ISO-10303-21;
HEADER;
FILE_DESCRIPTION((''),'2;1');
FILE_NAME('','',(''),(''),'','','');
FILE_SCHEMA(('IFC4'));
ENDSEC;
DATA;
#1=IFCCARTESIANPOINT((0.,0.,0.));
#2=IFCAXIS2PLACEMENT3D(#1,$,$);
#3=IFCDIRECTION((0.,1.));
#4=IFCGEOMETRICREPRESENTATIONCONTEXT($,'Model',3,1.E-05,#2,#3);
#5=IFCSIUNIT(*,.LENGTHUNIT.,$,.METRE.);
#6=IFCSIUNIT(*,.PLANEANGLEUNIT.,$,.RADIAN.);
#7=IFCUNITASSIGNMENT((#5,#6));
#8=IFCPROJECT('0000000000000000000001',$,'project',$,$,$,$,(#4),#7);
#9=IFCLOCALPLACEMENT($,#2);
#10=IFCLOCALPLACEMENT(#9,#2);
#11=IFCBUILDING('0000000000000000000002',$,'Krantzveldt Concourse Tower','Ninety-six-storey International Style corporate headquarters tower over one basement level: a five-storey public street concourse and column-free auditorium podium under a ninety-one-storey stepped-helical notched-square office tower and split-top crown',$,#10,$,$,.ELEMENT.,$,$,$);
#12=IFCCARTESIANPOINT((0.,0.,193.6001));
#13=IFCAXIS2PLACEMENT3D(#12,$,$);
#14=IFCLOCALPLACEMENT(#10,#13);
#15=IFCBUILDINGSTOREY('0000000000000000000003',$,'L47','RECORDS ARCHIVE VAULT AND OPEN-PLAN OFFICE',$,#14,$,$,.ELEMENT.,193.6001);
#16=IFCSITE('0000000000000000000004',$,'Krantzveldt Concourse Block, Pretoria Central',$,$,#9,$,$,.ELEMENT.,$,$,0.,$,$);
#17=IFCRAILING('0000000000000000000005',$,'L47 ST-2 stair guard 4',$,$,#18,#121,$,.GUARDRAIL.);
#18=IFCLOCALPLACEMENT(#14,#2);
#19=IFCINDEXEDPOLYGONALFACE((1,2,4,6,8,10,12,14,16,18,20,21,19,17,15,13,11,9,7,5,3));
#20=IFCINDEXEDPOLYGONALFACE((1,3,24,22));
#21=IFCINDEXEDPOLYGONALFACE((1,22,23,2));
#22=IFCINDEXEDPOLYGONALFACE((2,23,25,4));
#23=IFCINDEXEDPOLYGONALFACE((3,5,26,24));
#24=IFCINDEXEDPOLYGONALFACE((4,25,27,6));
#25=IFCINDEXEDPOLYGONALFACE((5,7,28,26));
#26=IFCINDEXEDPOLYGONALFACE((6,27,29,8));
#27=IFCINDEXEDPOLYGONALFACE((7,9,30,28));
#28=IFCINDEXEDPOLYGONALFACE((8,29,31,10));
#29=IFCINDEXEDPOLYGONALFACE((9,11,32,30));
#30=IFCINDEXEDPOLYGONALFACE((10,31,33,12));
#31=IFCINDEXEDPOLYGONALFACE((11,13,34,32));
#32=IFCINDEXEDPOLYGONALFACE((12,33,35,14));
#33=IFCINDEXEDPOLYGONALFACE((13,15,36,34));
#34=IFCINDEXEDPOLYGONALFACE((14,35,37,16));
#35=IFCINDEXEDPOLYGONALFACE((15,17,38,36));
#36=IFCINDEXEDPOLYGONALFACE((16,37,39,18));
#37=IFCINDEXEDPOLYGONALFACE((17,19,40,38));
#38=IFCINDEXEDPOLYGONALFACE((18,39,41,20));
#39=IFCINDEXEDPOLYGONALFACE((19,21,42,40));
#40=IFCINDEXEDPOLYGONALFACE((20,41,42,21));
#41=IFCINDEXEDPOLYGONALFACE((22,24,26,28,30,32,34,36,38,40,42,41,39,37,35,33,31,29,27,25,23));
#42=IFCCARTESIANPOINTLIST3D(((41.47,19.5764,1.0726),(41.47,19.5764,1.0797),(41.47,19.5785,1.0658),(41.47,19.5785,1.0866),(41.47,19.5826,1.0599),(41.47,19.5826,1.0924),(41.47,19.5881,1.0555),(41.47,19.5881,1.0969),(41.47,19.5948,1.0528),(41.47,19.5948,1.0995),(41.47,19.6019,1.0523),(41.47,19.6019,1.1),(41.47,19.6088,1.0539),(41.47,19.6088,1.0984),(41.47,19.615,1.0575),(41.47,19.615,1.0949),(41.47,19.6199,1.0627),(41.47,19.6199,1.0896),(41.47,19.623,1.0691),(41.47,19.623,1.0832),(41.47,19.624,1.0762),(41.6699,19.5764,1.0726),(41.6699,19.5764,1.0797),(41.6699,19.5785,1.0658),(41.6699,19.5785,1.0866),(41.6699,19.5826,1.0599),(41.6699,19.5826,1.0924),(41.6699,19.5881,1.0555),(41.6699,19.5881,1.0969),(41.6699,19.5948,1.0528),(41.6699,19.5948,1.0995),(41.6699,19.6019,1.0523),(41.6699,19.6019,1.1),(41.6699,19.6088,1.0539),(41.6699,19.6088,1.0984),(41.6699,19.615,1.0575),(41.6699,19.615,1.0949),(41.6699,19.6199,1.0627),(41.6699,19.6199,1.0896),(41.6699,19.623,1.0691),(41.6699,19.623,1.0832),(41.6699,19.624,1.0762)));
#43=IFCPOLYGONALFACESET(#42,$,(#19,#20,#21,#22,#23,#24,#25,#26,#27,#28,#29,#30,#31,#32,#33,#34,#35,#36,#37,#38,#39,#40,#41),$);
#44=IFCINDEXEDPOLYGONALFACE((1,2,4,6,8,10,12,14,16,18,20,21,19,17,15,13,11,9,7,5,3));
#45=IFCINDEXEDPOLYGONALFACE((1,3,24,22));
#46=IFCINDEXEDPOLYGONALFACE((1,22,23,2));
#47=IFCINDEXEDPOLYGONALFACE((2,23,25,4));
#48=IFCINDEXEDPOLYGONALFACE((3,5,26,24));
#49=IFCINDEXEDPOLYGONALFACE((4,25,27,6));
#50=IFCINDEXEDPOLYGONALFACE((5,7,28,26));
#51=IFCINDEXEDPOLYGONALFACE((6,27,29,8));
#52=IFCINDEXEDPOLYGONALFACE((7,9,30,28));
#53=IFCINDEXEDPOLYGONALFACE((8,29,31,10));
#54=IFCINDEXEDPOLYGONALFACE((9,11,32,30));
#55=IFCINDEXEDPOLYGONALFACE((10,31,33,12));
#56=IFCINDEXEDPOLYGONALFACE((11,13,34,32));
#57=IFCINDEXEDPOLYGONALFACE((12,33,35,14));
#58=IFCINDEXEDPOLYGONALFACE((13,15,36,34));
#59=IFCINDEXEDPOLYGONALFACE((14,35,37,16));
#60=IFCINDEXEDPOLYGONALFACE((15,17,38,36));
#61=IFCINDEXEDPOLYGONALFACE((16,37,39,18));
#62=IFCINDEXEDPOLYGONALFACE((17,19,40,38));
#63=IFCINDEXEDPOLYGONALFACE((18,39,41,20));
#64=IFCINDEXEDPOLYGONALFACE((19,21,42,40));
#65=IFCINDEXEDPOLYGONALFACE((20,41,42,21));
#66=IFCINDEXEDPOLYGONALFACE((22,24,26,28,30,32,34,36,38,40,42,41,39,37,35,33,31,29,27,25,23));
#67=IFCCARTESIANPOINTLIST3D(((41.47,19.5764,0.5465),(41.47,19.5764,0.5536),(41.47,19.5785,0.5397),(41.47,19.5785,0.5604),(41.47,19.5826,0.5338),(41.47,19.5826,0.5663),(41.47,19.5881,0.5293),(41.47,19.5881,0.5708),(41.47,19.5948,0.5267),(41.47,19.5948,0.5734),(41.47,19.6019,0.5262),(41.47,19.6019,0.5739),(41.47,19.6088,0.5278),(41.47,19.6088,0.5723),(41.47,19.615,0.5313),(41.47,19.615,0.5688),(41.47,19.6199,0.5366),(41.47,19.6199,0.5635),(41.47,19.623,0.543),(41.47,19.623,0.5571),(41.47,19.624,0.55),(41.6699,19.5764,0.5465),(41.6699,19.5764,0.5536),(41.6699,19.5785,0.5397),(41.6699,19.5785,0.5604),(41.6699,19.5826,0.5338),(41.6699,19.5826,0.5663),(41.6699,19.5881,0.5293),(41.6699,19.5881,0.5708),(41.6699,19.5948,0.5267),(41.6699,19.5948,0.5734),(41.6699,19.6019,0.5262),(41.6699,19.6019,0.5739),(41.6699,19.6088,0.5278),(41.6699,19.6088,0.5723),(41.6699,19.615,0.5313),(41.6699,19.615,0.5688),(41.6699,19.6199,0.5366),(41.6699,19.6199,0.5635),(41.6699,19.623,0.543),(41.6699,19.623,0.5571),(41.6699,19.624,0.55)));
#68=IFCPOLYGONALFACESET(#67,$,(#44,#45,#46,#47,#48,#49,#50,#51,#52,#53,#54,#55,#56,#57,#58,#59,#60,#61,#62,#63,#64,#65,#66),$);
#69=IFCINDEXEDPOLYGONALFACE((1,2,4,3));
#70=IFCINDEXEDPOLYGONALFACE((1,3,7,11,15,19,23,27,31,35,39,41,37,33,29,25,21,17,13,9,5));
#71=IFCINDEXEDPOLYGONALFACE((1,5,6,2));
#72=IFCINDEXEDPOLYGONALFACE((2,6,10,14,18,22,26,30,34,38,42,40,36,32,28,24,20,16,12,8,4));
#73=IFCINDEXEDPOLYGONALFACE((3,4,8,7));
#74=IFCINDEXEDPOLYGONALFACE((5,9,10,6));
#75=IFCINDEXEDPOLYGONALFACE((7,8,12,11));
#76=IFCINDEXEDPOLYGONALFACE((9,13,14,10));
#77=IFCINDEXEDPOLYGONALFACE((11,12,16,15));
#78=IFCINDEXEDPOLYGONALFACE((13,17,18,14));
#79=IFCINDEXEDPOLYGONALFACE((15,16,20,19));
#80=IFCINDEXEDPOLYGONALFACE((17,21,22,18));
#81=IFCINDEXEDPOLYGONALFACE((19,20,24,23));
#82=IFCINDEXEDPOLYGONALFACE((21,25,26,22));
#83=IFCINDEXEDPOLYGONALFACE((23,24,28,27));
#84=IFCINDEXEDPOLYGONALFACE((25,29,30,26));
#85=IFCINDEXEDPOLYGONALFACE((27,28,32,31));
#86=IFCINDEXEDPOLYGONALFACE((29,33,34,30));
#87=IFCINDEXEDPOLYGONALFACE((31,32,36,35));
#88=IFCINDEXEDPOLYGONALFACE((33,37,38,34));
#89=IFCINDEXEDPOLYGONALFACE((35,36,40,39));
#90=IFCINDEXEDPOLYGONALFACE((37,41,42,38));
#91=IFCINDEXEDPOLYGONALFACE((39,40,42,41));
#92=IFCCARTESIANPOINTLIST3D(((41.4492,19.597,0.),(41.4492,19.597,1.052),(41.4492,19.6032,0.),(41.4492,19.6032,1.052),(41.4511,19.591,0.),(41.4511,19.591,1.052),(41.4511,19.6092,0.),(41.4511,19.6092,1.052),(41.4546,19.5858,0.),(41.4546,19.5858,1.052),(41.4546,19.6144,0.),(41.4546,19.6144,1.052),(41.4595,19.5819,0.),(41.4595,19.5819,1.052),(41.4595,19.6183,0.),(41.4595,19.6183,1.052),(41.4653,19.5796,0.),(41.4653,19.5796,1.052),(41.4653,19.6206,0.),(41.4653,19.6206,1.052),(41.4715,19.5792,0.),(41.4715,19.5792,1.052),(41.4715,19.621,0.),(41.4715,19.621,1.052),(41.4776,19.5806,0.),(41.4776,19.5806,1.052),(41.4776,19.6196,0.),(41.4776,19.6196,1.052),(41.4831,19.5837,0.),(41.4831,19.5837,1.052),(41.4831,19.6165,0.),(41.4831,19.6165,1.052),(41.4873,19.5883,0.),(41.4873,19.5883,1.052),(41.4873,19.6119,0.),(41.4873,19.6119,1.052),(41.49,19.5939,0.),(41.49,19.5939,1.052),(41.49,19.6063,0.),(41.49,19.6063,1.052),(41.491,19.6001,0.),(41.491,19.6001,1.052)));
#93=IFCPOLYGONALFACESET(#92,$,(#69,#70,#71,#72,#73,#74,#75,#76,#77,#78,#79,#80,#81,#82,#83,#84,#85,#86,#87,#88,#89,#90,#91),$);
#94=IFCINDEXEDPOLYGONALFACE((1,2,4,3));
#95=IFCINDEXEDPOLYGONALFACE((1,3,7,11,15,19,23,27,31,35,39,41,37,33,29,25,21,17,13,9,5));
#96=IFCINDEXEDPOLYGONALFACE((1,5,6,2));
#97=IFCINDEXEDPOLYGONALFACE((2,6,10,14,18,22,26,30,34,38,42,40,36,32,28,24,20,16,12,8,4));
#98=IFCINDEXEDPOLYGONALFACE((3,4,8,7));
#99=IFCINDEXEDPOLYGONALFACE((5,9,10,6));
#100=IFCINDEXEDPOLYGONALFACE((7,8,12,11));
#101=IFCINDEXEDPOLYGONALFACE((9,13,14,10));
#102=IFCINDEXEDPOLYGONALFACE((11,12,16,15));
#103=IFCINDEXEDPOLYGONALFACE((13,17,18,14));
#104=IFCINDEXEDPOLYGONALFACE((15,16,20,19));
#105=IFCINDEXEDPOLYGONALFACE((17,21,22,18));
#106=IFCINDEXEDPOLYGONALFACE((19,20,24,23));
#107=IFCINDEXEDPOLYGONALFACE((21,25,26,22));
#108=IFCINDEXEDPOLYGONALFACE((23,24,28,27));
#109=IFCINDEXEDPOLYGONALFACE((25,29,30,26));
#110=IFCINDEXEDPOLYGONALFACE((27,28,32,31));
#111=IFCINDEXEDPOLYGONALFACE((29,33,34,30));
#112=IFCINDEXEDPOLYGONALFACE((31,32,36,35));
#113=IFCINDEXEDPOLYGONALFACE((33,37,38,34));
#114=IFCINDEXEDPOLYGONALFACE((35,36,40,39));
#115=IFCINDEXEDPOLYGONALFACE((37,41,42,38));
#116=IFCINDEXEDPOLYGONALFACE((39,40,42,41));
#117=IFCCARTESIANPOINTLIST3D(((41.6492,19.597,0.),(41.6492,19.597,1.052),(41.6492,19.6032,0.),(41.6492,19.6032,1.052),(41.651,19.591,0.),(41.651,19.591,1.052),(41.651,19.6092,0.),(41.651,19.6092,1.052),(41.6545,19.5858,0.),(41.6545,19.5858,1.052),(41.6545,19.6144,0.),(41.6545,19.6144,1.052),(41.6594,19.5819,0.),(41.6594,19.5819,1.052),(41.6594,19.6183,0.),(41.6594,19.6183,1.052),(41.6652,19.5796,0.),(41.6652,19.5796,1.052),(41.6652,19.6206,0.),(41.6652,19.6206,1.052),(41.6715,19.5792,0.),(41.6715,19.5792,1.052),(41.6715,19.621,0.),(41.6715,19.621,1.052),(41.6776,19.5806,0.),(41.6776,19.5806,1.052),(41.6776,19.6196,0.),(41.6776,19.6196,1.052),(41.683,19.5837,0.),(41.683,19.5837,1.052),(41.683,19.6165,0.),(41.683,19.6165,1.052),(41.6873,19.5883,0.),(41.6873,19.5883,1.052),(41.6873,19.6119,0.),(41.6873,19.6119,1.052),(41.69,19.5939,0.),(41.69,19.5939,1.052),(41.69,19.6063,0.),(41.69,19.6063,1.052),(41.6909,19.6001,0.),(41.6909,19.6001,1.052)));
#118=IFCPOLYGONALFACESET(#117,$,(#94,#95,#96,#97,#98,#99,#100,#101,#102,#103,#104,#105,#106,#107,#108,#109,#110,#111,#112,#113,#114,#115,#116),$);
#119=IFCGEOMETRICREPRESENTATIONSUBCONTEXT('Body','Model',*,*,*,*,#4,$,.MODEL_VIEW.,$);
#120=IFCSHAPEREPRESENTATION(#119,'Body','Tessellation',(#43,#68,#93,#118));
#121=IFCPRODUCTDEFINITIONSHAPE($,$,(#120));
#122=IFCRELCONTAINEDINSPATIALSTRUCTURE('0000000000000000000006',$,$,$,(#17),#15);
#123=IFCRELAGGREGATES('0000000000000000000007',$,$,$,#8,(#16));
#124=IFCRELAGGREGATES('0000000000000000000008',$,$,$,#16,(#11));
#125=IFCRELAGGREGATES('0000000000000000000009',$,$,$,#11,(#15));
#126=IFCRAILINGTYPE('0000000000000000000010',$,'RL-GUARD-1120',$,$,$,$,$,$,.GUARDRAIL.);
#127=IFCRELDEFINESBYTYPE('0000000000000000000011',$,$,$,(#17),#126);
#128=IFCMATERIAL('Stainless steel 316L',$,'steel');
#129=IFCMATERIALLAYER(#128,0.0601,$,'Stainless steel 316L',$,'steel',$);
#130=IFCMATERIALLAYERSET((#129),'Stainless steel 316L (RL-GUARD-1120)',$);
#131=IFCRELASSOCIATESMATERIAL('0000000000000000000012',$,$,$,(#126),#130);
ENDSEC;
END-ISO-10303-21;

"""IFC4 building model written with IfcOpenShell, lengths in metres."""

from ifc_helpers import new_model, si_unit, direction, frame, origin, origin_2d, place, context, subcontext, project, spatial, circle, extrude, material, layer, layer_set, type_object, element, save


model = new_model("IFC4")

# Units and contexts
model_context = context("Model", 3, precision=1e-05, world=origin(), true_north=direction((0.0, 1.0)))
body_context = subcontext(model_context, "Body", "Model", "MODEL_VIEW")
ifc_project = project(units=[si_unit("LENGTHUNIT", "METRE"), si_unit("PLANEANGLEUNIT", "RADIAN")], contexts=[model_context])

# Site, building, storey
site_placement = place(None, origin())
site = spatial("IfcSite", under=ifc_project, at=site_placement, Name="Krantzveldt Concourse Block, Pretoria Central", CompositionType="ELEMENT", RefElevation=0.0)
building_placement = place(site_placement, origin())
building = spatial("IfcBuilding", under=site, at=building_placement, Name="Krantzveldt Concourse Tower", Description="Ninety-six-storey International Style corporate headquarters tower over one basement level: a five-storey public street concourse and column-free auditorium podium under a ninety-one-storey stepped-helical notched-square office tower and split-top crown", CompositionType="ELEMENT")
storey_placement = place(building_placement, frame((0.0, 0.0, 193.6001)))
storey = spatial("IfcBuildingStorey", under=building, at=storey_placement, Name="L47", Description="RECORDS ARCHIVE VAULT AND OPEN-PLAN OFFICE", CompositionType="ELEMENT", Elevation=193.6001)

# Shared definitions
ifc_material_1 = material(Name="Stainless steel 316L", Category="steel")

# Railing
ifc_layer_1 = layer(ifc_material_1, 0.0601, Name="Stainless steel 316L", Category="steel")
ifc_layer_set_1 = layer_set([ifc_layer_1], Name="Stainless steel 316L (RL-GUARD-1120)")
railing_type_1 = type_object("IfcRailingType", Name="RL-GUARD-1120", PredefinedType="GUARDRAIL", material=ifc_layer_set_1)
railing_1_placement = place(storey_placement, frame((41.47, 19.6001, 0.0)))
element("IfcRailing", 1, at=railing_1_placement, inside=storey, type_object=railing_type_1, Name="L47 ST-2 stair guard 4", PredefinedType="GUARDRAIL", context=body_context, shape_type="SweptSolid", body=[
    extrude(circle(Radius=0.0239, at=origin_2d()), frame((0.0, 0.0, 1.0762), z_axis=(1.0, 0.0, 0.0), x_axis=(0.0, 1.0, 0.0)), (0.0, 0.0, 1.0), 0.2),
    extrude(circle(Radius=0.0239, at=origin_2d()), frame((0.0, 0.0, 0.55), z_axis=(1.0, 0.0, 0.0), x_axis=(0.0, 1.0, 0.0)), (0.0, 0.0, 1.0), 0.2),
    extrude(circle(Radius=0.021, at=origin_2d()), origin(), (0.0, 0.0, 1.0), 1.052),
    extrude(circle(Radius=0.021, at=origin_2d()), frame((0.2, 0.0, 0.0)), (0.0, 0.0, 1.0), 1.052),
])

save(model, "model.ifc")
